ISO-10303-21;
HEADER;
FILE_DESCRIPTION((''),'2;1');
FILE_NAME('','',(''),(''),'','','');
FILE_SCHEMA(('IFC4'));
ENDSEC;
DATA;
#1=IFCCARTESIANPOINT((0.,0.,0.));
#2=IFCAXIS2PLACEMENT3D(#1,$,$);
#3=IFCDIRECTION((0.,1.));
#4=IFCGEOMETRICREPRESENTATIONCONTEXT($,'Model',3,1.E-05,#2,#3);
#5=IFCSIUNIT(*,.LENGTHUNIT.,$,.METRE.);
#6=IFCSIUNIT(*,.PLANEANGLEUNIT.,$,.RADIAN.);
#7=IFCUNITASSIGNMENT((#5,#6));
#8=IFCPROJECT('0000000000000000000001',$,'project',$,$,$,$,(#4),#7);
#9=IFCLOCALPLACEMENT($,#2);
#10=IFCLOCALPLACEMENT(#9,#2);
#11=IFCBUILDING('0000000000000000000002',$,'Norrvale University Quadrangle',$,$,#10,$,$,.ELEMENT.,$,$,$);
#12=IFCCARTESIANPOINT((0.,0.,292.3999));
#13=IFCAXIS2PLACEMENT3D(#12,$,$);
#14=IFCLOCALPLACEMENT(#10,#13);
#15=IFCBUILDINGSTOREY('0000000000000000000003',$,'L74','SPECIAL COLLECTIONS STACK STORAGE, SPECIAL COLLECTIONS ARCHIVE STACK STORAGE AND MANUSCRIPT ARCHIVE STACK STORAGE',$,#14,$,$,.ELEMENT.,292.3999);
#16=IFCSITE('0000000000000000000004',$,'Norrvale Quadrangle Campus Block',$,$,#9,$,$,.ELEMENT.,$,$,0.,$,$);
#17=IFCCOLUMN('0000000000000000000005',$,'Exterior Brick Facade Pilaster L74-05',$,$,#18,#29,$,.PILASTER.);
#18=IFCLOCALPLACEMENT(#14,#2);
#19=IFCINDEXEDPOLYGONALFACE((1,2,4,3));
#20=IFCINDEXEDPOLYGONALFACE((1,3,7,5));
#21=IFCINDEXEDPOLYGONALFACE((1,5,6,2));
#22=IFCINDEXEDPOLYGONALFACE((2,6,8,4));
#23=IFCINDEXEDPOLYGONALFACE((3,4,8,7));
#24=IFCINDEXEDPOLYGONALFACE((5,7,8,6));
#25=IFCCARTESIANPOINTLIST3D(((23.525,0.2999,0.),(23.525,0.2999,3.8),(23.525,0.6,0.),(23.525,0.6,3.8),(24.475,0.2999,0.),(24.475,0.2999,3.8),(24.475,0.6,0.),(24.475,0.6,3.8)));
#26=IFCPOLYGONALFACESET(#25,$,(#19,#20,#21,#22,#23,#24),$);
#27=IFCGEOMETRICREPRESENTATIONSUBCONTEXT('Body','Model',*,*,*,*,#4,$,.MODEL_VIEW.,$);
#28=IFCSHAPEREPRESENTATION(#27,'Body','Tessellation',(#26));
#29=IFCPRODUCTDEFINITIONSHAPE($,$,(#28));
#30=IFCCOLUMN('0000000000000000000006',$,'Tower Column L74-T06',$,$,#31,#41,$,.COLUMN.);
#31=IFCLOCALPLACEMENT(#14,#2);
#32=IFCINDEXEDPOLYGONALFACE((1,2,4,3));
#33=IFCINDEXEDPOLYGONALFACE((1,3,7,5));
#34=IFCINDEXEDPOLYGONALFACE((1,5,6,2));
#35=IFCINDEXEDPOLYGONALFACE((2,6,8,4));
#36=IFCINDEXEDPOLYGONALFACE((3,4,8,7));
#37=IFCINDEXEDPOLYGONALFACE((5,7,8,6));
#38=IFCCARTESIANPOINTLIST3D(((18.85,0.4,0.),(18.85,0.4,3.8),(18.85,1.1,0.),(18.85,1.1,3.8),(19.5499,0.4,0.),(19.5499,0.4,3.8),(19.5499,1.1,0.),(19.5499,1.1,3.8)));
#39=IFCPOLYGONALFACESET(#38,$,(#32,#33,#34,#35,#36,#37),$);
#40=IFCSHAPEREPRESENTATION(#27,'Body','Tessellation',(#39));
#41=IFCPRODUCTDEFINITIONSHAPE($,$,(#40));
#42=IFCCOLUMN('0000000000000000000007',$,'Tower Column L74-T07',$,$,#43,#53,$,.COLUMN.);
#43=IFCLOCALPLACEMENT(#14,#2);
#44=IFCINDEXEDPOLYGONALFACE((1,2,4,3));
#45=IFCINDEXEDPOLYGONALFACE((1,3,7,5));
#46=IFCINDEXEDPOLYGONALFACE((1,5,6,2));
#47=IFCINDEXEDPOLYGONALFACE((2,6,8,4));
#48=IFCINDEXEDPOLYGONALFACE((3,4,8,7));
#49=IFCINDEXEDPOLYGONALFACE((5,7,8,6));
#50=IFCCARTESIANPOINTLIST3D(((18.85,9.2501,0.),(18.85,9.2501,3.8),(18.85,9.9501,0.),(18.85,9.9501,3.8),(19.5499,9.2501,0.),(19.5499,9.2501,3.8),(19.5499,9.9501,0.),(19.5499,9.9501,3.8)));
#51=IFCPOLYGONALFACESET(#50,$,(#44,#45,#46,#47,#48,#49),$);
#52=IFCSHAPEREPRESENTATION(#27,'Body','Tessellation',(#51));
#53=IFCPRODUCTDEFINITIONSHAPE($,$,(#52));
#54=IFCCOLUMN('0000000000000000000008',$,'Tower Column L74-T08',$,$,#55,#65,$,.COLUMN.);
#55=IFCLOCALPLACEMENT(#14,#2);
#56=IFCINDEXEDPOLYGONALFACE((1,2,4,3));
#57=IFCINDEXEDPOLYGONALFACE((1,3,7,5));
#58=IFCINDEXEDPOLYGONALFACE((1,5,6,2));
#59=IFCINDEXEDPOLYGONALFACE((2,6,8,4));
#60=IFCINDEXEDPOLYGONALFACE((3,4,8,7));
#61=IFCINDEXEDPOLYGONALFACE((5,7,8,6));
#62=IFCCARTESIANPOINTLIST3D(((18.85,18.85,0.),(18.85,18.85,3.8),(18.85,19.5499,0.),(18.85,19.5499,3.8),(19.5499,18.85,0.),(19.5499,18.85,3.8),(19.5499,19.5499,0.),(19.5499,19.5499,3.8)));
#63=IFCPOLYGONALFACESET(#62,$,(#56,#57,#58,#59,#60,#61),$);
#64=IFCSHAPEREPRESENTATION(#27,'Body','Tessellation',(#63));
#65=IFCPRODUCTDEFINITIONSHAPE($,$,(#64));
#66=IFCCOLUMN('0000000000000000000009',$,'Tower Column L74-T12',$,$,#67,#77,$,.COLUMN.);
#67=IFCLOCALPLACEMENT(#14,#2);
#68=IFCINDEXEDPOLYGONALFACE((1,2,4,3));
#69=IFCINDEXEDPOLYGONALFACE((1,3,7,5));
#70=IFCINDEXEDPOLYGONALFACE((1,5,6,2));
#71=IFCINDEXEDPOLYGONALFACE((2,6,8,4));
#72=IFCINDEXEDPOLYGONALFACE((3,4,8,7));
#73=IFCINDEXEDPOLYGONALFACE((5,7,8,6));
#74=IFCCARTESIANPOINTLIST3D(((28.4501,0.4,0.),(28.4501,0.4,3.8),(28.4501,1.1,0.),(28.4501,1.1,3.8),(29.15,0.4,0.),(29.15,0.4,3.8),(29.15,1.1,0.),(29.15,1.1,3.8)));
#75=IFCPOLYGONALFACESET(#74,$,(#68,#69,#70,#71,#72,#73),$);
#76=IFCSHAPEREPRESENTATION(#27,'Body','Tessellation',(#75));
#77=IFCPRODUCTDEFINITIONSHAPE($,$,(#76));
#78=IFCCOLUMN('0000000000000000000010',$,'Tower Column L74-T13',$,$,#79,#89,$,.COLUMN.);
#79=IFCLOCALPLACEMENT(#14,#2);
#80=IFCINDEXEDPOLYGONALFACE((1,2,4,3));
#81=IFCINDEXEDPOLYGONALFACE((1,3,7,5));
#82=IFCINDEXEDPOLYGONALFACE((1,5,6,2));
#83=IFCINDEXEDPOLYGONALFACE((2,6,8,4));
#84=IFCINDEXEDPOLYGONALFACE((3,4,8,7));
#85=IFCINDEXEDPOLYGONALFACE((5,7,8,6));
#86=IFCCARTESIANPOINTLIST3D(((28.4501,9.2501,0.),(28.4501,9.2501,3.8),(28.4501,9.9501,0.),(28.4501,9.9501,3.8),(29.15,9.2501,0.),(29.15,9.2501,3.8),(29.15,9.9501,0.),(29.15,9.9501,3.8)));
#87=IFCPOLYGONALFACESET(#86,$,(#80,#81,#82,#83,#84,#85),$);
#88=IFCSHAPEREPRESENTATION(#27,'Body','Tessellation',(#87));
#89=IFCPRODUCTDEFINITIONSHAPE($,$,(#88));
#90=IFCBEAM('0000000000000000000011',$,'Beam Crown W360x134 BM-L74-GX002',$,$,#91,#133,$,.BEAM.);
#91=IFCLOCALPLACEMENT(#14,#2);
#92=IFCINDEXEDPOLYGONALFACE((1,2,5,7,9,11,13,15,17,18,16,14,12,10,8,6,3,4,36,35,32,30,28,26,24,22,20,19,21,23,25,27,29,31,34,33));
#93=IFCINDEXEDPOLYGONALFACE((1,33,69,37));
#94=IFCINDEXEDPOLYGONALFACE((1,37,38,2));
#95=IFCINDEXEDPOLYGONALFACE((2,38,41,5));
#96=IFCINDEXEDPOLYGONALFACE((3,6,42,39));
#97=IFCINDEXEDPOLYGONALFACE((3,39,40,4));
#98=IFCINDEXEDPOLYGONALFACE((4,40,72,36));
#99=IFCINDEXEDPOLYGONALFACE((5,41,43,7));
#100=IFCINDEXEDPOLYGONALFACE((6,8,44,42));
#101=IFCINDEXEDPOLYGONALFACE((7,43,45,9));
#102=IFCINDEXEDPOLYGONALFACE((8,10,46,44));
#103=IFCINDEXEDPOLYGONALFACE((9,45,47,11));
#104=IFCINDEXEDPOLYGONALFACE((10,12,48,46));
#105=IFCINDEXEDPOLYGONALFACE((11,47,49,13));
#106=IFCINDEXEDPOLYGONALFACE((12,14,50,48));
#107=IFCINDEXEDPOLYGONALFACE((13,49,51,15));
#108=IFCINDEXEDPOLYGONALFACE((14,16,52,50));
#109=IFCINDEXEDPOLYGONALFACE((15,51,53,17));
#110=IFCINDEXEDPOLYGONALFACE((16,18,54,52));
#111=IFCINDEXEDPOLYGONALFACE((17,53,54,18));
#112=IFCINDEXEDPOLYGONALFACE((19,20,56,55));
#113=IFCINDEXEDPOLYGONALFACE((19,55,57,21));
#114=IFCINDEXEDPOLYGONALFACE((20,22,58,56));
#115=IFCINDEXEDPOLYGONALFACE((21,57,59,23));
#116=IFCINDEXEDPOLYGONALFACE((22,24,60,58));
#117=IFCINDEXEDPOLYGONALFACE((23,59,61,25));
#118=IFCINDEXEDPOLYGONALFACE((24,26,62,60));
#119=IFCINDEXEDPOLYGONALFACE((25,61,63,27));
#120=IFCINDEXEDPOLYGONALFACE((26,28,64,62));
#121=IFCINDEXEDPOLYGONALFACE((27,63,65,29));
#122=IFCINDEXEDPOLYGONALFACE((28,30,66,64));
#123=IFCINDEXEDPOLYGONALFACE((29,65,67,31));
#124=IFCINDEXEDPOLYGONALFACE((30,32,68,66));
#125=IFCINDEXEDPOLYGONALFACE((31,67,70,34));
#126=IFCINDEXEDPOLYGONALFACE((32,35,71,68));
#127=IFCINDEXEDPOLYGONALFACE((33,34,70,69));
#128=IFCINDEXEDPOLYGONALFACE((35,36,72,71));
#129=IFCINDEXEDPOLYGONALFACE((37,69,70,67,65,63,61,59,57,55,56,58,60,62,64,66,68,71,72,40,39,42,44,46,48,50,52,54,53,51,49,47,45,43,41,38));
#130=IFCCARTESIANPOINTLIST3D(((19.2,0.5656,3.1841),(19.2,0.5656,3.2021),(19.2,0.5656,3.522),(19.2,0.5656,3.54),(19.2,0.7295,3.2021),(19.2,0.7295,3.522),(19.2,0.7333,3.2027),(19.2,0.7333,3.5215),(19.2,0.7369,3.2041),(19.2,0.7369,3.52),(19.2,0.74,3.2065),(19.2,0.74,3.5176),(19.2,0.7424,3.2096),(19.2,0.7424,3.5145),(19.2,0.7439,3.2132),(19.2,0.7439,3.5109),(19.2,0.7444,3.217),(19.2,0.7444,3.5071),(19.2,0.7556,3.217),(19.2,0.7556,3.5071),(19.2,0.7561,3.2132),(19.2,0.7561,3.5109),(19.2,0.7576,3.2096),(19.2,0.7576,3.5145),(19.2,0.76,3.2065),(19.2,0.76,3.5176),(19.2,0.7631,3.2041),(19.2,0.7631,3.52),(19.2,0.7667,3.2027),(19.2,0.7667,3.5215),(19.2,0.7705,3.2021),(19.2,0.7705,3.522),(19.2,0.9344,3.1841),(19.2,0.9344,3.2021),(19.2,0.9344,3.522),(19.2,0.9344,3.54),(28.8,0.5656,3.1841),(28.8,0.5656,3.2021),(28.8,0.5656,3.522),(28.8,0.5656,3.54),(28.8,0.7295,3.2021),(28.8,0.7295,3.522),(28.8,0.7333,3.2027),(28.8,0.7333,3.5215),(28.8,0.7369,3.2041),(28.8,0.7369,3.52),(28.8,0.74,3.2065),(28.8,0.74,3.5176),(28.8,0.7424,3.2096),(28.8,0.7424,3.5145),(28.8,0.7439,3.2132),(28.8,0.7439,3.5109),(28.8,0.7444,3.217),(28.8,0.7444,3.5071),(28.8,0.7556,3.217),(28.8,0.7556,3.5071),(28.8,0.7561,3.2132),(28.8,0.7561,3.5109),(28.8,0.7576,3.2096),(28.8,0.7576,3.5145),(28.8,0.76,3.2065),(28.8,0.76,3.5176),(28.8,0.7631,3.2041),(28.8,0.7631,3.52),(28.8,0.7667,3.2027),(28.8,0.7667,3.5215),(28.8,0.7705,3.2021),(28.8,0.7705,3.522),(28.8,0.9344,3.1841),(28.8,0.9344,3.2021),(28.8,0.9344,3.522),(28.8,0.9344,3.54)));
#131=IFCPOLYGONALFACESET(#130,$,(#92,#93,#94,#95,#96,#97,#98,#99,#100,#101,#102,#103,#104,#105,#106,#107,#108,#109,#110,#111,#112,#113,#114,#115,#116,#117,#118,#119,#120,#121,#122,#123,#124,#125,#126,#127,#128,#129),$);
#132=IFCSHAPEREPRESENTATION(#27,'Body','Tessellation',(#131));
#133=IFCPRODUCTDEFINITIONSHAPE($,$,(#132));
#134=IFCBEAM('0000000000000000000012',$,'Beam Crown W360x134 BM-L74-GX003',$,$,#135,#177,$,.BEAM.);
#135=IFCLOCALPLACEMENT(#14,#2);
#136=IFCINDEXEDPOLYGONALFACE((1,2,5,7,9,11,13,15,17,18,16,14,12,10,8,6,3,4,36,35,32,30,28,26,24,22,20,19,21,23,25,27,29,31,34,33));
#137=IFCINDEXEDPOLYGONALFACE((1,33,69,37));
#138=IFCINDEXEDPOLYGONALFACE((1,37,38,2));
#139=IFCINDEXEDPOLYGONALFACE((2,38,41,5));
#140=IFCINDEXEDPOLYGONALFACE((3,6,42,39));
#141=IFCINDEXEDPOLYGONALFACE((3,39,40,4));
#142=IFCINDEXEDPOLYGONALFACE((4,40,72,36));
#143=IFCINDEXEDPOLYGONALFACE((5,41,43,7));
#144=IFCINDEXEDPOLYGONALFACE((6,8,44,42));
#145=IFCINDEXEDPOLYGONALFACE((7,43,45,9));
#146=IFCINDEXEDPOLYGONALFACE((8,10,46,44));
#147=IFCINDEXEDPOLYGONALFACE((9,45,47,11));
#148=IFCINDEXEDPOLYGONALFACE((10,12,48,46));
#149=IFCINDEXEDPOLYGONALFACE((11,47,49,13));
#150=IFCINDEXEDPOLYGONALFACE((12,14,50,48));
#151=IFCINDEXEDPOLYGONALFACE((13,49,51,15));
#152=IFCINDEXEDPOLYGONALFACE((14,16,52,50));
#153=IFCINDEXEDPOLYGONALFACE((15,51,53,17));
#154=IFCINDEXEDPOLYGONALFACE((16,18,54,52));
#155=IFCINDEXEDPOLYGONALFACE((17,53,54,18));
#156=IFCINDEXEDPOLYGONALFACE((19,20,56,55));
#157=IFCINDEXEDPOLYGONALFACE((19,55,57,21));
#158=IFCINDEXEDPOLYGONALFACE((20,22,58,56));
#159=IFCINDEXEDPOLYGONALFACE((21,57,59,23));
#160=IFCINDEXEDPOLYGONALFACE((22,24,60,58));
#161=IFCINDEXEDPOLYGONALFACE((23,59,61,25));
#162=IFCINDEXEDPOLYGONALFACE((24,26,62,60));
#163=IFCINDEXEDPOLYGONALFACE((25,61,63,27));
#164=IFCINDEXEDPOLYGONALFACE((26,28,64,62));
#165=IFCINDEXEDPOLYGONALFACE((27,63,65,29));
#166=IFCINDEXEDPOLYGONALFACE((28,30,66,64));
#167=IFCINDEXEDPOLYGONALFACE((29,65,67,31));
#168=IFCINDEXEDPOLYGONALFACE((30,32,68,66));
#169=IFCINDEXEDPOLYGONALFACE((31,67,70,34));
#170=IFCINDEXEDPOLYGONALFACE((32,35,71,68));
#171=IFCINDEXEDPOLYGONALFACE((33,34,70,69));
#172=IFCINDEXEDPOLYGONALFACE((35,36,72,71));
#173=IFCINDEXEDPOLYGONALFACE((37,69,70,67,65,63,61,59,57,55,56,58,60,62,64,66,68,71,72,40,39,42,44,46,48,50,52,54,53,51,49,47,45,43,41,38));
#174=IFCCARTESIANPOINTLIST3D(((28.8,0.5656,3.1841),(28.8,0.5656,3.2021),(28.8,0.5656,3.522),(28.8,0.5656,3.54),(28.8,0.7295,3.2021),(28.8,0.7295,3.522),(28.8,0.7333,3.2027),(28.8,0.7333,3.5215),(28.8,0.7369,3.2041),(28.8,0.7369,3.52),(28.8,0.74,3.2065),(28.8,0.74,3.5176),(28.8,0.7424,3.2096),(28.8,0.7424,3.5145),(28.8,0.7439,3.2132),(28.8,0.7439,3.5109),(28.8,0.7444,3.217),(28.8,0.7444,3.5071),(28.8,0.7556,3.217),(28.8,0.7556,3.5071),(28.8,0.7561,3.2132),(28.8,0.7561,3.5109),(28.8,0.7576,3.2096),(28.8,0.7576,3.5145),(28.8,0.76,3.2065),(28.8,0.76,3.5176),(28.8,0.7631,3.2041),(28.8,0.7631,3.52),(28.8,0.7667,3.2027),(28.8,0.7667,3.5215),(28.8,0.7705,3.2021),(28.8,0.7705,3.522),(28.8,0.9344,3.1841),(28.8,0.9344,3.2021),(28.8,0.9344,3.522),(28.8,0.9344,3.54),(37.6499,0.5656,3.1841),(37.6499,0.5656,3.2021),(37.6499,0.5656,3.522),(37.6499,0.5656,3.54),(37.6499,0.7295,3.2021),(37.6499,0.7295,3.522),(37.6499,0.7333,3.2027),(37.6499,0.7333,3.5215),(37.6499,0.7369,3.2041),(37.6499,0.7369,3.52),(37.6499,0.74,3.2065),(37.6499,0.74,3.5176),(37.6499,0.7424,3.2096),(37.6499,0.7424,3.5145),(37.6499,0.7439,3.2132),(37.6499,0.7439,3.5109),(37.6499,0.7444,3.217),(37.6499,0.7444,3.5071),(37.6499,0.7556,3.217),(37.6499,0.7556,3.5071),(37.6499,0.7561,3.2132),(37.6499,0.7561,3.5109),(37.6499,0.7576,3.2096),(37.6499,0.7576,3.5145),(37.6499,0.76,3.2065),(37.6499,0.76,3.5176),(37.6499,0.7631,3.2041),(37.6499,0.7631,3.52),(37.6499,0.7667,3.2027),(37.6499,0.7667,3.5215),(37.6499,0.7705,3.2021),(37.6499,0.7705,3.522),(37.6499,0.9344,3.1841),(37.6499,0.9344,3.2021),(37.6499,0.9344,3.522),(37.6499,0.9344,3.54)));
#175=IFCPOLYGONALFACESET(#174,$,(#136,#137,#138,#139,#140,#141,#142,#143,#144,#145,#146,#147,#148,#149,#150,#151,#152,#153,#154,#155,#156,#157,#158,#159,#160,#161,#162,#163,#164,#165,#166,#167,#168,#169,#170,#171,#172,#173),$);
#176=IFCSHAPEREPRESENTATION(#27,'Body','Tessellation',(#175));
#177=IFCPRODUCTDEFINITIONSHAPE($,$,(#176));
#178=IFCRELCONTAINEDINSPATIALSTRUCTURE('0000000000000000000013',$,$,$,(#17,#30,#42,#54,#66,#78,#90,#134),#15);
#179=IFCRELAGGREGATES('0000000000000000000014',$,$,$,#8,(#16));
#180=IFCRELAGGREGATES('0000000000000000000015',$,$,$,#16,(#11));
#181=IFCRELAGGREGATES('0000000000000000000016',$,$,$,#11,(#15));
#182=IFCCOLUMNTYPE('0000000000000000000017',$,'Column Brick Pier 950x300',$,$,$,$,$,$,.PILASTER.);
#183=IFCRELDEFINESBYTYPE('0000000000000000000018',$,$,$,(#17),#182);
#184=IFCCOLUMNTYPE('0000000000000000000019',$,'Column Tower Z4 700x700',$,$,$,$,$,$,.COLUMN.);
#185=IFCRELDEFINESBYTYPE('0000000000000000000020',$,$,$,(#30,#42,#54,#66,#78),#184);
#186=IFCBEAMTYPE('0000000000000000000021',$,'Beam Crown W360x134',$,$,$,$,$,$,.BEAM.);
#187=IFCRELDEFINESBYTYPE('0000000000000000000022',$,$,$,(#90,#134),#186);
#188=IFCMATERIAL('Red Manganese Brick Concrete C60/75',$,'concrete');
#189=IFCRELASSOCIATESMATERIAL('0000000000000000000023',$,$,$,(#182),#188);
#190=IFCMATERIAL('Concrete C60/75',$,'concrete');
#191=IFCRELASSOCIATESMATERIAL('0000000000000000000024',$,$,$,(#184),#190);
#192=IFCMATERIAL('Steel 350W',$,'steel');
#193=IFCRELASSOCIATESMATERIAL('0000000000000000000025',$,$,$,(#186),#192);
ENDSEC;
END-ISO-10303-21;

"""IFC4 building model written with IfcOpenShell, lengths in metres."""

from ifc_helpers import new_model, si_unit, direction, frame, origin, origin_2d, place, context, subcontext, project, spatial, rectangle, i_section, extrude, material, material_profile, profile_set, type_object, element, save


model = new_model("IFC4")

# Units and contexts
model_context = context("Model", 3, precision=1e-05, world=origin(), true_north=direction((0.0, 1.0)))
body_context = subcontext(model_context, "Body", "Model", "MODEL_VIEW")
ifc_project = project(units=[si_unit("LENGTHUNIT", "METRE"), si_unit("PLANEANGLEUNIT", "RADIAN")], contexts=[model_context])

# Site, building, storey
site_placement = place(None, origin())
site = spatial("IfcSite", under=ifc_project, at=site_placement, Name="Norrvale Quadrangle Campus Block", CompositionType="ELEMENT", RefElevation=0.0)
building_placement = place(site_placement, origin())
building = spatial("IfcBuilding", under=site, at=building_placement, Name="Norrvale University Quadrangle", CompositionType="ELEMENT")
storey_placement = place(building_placement, frame((0.0, 0.0, 292.3999)))
storey = spatial("IfcBuildingStorey", under=building, at=storey_placement, Name="L74", Description="SPECIAL COLLECTIONS STACK STORAGE, SPECIAL COLLECTIONS ARCHIVE STACK STORAGE AND MANUSCRIPT ARCHIVE STACK STORAGE", CompositionType="ELEMENT", Elevation=292.3999)

# Columns
ifc_material_1 = material(Name="Red Manganese Brick Concrete C60/75", Category="concrete")
ifc_material_profile_1 = material_profile(ifc_material_1, rectangle(XDim=0.95, YDim=0.3, at=origin_2d()), Name="Red Manganese Brick Concrete C60/75")
ifc_profile_set_1 = profile_set([ifc_material_profile_1], Name="Red Manganese Brick Concrete C60/75")
column_type_1 = type_object("IfcColumnType", Name="Column Brick Pier 950x300", PredefinedType="PILASTER", material=ifc_profile_set_1)
column_placement = place(storey_placement, frame((24.0, 0.45, 0.0), z_axis=(0.0, 0.0, 1.0), x_axis=(1.0, 0.0, 0.0)))
element("IfcColumn", 1, at=column_placement, inside=storey, type_object=column_type_1, Name="Exterior Brick Facade Pilaster L74-05", PredefinedType="PILASTER", context=body_context, shape_type="SweptSolid", body=[
    extrude(rectangle(XDim=0.95, YDim=0.3, at=origin_2d()), origin(), (0.0, 0.0, 1.0), 3.8),
])
ifc_material_2 = material(Name="Concrete C60/75", Category="concrete")
ifc_material_profile_2 = material_profile(ifc_material_2, rectangle(XDim=0.7, YDim=0.7, at=origin_2d()), Name="Concrete C60/75")
ifc_profile_set_2 = profile_set([ifc_material_profile_2], Name="Concrete C60/75")
column_type_2 = type_object("IfcColumnType", Name="Column Tower Z4 700x700", PredefinedType="COLUMN", material=ifc_profile_set_2)
for number, where, z_axis, x_axis, name in (
    (2, (19.2, 0.75, 0.0), (0.0, 0.0, 1.0), (1.0, 0.0, 0.0), "Tower Column L74-T06"),
    (3, (19.2, 9.6001, 0.0), (0.0, 0.0, 1.0), (1.0, 0.0, 0.0), "Tower Column L74-T07"),
    (4, (19.2, 19.2, 0.0), (0.0, 0.0, 1.0), (1.0, 0.0, 0.0), "Tower Column L74-T08"),
    (5, (28.8, 0.75, 0.0), (0.0, 0.0, 1.0), (1.0, 0.0, 0.0), "Tower Column L74-T12"),
    (6, (28.8, 9.6001, 0.0), (0.0, 0.0, 1.0), (1.0, 0.0, 0.0), "Tower Column L74-T13"),
):
    element("IfcColumn", number, at=place(storey_placement, frame(where, z_axis=z_axis, x_axis=x_axis)), inside=storey, type_object=column_type_2, Name=name, PredefinedType="COLUMN", context=body_context, shape_type="SweptSolid", body=[
        extrude(rectangle(XDim=0.7, YDim=0.7, at=origin_2d()), origin(), (0.0, 0.0, 1.0), 3.8),
    ])

# Beams
ifc_material_3 = material(Name="Steel 350W", Category="steel")
ifc_material_profile_3 = material_profile(ifc_material_3, i_section(OverallWidth=0.3689, OverallDepth=0.356, WebThickness=0.0112, FlangeThickness=0.0181, FilletRadius=0.0149, at=origin_2d()), Name="Steel 350W")
ifc_profile_set_3 = profile_set([ifc_material_profile_3], Name="Steel 350W")
beam_type_1 = type_object("IfcBeamType", Name="Beam Crown W360x134", PredefinedType="BEAM", material=ifc_profile_set_3)
beam_1_placement = place(storey_placement, frame((19.2, 0.75, 3.3621), z_axis=(1.0, 0.0, 0.0), x_axis=(0.0, 1.0, 0.0)))
element("IfcBeam", 7, at=beam_1_placement, inside=storey, type_object=beam_type_1, Name="Beam Crown W360x134 BM-L74-GX002", PredefinedType="BEAM", context=body_context, shape_type="SweptSolid", body=[
    extrude(i_section(OverallWidth=0.3689, OverallDepth=0.356, WebThickness=0.0112, FlangeThickness=0.0181, FilletRadius=0.0149, at=origin_2d()), origin(), (0.0, 0.0, 1.0), 9.6001),
])
beam_2_placement = place(storey_placement, frame((28.8, 0.75, 3.3621), z_axis=(1.0, 0.0, 0.0), x_axis=(0.0, 1.0, 0.0)))
element("IfcBeam", 8, at=beam_2_placement, inside=storey, type_object=beam_type_1, Name="Beam Crown W360x134 BM-L74-GX003", PredefinedType="BEAM", context=body_context, shape_type="SweptSolid", body=[
    extrude(i_section(OverallWidth=0.3689, OverallDepth=0.356, WebThickness=0.0112, FlangeThickness=0.0181, FilletRadius=0.0149, at=origin_2d()), origin(), (0.0, 0.0, 1.0), 8.8499),
])

save(model, "model.ifc")
